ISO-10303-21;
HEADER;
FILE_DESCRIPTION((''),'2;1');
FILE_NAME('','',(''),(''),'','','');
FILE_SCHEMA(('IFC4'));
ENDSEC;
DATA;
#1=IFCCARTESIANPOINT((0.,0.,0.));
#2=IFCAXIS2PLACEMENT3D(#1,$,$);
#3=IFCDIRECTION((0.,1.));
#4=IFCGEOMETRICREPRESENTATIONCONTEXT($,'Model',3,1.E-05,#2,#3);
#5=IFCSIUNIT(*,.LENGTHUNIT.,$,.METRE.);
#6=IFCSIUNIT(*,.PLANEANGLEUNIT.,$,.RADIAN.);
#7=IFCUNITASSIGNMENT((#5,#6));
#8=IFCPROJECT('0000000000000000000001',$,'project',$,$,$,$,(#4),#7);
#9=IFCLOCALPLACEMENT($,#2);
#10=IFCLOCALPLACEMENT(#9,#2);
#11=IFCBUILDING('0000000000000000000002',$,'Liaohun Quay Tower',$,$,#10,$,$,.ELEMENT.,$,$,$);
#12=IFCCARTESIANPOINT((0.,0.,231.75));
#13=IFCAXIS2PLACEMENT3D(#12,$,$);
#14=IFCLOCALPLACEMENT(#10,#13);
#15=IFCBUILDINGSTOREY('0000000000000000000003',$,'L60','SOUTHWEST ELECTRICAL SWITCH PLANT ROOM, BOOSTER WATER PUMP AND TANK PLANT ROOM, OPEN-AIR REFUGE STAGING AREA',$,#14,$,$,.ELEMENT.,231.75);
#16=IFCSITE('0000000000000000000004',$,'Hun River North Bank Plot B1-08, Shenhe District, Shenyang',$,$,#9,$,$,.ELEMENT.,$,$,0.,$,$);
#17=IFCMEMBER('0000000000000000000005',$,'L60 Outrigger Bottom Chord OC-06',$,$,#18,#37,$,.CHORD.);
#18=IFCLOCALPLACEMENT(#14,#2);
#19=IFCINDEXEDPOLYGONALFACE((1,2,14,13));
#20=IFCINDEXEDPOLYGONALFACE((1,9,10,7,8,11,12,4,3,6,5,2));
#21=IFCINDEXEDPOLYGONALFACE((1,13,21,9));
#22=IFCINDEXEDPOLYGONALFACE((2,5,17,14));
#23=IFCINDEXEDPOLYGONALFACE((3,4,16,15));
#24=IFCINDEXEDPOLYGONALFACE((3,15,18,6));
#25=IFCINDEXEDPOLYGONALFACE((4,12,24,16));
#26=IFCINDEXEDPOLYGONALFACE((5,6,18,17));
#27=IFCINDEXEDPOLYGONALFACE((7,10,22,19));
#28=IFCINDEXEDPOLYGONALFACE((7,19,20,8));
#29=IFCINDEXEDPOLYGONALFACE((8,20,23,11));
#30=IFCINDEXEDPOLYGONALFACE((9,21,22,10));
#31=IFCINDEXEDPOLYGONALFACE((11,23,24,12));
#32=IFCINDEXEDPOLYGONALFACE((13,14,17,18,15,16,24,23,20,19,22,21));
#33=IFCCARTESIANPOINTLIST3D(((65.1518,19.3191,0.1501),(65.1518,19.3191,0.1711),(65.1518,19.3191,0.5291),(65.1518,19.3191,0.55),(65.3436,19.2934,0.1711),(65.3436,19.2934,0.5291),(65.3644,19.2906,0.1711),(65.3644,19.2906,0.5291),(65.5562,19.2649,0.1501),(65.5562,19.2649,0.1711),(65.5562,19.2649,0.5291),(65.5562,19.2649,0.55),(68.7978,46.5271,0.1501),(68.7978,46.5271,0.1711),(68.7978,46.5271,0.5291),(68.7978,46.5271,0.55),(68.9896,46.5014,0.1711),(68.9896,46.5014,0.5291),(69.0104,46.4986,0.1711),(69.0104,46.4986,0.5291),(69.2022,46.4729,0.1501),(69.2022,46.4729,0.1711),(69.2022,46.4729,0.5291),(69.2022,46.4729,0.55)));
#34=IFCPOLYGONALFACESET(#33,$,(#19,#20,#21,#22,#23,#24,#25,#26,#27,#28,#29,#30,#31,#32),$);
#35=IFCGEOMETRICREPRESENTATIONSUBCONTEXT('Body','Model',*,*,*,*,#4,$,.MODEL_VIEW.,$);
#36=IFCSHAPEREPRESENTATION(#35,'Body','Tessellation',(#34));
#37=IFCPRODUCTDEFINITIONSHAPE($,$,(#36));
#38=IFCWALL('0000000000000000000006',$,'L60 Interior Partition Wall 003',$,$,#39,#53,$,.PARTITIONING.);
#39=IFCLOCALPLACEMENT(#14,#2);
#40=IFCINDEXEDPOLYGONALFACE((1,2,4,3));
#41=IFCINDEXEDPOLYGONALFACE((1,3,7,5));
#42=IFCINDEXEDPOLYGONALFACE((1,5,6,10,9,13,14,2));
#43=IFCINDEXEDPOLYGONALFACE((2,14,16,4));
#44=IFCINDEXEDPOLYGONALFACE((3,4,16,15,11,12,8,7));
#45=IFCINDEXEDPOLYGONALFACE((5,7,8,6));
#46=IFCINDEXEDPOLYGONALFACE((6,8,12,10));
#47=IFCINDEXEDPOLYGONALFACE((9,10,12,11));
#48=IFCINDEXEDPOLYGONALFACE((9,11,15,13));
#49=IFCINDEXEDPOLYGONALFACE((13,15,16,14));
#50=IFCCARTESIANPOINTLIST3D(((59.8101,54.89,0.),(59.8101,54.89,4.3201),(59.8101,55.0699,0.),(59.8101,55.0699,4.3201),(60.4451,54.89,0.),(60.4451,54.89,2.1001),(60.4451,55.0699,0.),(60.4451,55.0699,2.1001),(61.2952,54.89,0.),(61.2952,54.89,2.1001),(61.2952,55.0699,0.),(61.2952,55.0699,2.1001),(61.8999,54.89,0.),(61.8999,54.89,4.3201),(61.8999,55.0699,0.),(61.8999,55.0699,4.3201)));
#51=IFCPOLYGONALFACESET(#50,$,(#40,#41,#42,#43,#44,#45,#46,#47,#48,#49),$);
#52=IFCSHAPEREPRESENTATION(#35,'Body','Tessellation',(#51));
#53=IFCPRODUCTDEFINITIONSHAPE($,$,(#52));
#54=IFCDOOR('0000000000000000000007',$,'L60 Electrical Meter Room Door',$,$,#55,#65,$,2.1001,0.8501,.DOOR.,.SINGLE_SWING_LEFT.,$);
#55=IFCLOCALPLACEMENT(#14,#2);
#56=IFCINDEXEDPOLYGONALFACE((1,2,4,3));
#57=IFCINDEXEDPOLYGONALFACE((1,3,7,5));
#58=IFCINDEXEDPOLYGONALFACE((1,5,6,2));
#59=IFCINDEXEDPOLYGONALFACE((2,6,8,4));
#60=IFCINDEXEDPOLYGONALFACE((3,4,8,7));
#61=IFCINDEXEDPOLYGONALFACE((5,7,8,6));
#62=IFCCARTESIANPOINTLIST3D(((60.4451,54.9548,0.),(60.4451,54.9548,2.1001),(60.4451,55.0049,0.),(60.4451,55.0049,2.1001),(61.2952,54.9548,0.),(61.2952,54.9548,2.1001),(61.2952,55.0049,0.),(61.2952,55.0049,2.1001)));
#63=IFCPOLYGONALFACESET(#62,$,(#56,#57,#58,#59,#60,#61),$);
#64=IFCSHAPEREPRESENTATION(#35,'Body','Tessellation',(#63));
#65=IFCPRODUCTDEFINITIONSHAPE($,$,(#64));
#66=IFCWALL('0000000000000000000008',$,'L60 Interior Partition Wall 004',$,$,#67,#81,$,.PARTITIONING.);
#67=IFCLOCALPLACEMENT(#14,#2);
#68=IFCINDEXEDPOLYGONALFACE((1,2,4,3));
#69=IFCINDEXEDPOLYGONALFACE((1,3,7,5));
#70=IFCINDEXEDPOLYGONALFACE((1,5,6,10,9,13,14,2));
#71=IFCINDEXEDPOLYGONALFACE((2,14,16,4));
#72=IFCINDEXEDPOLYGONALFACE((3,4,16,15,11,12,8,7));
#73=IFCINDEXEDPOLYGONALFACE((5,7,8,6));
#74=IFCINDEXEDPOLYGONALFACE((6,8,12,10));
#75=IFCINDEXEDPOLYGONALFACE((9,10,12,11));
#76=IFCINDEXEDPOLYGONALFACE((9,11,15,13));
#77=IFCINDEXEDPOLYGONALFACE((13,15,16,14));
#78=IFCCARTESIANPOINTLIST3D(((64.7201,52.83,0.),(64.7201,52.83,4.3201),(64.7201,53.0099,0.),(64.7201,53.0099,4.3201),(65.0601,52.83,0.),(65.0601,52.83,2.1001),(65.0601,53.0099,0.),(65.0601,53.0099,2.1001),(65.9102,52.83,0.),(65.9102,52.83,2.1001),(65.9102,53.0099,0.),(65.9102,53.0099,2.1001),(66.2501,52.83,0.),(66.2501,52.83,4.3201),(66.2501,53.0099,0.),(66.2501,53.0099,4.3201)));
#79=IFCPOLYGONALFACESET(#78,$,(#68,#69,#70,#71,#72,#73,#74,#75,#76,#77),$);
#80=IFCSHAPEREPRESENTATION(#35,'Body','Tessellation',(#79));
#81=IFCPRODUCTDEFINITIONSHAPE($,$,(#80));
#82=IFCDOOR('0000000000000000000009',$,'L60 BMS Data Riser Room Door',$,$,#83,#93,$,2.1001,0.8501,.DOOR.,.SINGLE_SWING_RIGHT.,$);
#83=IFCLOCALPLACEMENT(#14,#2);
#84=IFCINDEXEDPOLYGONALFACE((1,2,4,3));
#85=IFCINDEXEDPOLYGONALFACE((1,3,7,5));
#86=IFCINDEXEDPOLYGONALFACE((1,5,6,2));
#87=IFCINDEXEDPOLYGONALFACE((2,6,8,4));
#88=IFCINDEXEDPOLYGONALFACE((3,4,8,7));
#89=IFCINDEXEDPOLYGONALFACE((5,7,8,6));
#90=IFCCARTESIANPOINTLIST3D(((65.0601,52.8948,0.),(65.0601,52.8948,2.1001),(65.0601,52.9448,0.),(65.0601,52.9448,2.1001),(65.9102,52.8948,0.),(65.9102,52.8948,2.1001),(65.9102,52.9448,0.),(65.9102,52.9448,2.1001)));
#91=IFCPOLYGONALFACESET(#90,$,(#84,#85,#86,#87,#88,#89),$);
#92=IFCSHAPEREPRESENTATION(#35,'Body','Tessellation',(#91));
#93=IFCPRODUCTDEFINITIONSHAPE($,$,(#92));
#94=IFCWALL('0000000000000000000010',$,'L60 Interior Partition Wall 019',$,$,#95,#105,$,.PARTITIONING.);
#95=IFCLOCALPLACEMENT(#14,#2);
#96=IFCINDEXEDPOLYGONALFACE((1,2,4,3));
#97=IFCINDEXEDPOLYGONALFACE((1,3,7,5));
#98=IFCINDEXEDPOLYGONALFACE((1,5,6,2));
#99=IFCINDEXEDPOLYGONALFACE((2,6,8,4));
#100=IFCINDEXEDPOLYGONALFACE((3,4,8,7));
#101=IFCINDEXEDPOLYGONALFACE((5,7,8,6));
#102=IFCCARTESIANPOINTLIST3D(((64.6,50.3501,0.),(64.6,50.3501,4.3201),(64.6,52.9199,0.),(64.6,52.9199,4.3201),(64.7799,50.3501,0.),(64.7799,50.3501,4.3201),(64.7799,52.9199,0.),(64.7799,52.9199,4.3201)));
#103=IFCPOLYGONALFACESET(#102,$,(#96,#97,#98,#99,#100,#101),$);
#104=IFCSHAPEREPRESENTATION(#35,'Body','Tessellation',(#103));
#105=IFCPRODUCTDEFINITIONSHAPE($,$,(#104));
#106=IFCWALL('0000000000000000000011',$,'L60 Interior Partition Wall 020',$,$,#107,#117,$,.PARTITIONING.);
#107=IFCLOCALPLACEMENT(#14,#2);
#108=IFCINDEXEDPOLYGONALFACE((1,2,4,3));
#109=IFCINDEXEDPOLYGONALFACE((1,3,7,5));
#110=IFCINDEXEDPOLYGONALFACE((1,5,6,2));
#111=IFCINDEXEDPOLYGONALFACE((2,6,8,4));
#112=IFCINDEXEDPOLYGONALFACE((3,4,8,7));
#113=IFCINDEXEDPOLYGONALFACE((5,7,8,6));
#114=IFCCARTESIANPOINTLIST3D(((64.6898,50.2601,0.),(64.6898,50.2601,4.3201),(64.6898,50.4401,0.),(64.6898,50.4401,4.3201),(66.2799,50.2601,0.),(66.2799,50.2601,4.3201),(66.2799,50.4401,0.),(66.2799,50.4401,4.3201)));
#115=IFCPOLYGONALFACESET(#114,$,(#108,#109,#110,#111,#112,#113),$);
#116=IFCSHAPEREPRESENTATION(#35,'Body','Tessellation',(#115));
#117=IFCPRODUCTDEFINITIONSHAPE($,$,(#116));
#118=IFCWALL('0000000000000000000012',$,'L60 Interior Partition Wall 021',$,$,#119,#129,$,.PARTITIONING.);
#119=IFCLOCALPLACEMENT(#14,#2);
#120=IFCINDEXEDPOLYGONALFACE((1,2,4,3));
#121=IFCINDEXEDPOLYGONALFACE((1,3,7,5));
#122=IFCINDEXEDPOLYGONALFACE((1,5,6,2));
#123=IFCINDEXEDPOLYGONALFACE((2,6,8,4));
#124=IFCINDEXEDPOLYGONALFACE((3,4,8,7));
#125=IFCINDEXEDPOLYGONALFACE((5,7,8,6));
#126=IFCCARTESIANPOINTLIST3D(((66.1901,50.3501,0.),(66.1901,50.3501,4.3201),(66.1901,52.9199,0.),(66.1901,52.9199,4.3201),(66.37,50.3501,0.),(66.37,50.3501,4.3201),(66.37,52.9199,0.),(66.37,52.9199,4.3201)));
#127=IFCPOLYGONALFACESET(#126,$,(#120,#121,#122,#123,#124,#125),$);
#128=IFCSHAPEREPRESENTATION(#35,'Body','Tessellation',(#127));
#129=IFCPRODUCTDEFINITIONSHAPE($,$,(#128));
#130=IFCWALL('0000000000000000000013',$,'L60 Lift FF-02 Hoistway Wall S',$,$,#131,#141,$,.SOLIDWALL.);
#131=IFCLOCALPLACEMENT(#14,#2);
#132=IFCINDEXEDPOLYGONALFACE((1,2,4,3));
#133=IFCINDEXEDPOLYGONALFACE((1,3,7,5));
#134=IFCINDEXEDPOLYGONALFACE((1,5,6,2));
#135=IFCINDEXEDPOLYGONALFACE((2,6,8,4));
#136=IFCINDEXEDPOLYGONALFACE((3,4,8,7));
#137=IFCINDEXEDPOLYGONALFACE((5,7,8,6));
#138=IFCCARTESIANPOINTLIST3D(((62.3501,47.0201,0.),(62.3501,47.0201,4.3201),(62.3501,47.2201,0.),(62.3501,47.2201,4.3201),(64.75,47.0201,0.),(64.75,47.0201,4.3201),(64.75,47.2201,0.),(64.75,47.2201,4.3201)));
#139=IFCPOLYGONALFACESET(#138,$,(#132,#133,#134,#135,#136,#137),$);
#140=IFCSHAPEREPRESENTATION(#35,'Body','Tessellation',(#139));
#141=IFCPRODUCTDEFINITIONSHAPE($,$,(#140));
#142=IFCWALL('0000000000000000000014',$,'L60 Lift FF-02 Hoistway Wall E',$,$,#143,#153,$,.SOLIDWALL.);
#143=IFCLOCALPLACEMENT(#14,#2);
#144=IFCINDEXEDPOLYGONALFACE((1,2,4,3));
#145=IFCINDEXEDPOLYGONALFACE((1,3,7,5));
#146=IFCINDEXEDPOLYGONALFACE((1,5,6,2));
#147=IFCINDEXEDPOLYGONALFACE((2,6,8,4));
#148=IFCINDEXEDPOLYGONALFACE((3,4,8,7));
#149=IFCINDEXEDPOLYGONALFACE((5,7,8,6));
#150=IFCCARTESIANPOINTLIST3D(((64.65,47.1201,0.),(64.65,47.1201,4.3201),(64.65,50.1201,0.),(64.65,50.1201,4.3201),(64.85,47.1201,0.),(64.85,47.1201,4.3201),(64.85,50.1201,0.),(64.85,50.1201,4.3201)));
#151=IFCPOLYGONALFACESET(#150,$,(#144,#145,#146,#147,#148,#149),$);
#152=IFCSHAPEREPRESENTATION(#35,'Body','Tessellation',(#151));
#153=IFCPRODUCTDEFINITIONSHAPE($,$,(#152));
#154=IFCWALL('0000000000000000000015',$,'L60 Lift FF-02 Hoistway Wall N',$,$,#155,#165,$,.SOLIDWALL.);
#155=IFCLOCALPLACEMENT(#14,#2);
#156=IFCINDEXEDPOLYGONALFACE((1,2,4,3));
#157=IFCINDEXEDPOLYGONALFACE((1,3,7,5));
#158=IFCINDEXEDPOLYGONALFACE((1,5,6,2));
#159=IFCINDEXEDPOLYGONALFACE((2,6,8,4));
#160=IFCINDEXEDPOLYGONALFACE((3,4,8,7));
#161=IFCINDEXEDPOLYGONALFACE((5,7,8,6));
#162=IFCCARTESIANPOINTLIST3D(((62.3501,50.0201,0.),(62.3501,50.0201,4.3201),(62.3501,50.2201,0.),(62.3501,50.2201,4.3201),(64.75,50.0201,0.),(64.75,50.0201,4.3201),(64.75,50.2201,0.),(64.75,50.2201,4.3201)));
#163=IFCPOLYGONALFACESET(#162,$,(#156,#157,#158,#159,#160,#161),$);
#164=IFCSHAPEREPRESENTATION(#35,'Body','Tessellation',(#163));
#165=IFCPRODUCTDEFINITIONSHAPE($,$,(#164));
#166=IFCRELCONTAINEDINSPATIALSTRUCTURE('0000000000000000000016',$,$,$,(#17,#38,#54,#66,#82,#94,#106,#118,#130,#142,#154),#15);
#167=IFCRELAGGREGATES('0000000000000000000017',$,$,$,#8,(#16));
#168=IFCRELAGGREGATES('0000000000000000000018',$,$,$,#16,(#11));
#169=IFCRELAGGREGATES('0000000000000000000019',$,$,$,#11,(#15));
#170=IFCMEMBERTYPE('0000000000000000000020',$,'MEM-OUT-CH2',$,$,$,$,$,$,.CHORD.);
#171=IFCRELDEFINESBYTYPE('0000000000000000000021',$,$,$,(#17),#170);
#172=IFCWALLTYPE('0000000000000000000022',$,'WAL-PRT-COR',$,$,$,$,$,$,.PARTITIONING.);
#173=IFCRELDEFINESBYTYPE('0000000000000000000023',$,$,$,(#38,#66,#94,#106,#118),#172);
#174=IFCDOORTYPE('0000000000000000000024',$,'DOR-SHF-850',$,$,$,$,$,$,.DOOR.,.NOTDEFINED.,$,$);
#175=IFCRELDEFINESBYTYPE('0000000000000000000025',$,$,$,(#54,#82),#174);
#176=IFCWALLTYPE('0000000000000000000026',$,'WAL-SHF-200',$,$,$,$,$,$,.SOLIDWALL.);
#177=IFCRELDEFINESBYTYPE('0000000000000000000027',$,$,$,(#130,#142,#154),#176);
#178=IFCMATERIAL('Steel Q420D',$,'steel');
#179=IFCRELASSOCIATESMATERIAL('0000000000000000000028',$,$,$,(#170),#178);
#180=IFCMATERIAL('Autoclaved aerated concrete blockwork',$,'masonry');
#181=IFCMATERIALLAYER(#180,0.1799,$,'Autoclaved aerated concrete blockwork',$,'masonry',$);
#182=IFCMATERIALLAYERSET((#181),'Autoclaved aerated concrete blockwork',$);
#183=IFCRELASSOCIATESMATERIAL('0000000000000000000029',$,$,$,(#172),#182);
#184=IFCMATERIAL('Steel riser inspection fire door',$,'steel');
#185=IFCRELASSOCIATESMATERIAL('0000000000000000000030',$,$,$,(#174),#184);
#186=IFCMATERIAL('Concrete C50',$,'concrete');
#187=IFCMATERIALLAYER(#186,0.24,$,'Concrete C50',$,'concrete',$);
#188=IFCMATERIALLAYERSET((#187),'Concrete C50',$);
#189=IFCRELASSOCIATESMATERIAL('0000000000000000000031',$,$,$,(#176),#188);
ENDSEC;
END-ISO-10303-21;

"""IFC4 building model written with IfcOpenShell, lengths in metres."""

from ifc_helpers import new_model, si_unit, direction, frame, frame_2d, origin, origin_2d, place, context, subcontext, project, spatial, rectangle, i_section, extrude, source, transform, mapped, material, layer, layer_set, material_profile, profile_set, type_object, element, fill, save


model = new_model("IFC4")

# Units and contexts
model_context = context("Model", 3, precision=1e-05, world=origin(), true_north=direction((0.0, 1.0)))
body_context = subcontext(model_context, "Body", "Model", "MODEL_VIEW")
ifc_project = project(units=[si_unit("LENGTHUNIT", "METRE"), si_unit("PLANEANGLEUNIT", "RADIAN")], contexts=[model_context])

# Site, building, storey
site_placement = place(None, origin())
site = spatial("IfcSite", under=ifc_project, at=site_placement, Name="Hun River North Bank Plot B1-08, Shenhe District, Shenyang", CompositionType="ELEMENT", RefElevation=0.0)
building_placement = place(site_placement, origin())
building = spatial("IfcBuilding", under=site, at=building_placement, Name="Liaohun Quay Tower", CompositionType="ELEMENT")
storey_placement = place(building_placement, frame((0.0, 0.0, 231.75)))
storey = spatial("IfcBuildingStorey", under=building, at=storey_placement, Name="L60", Description="SOUTHWEST ELECTRICAL SWITCH PLANT ROOM, BOOSTER WATER PUMP AND TANK PLANT ROOM, OPEN-AIR REFUGE STAGING AREA", CompositionType="ELEMENT", Elevation=231.75)

# Member
ifc_material_1 = material(Name="Steel Q420D", Category="steel")
ifc_material_profile = material_profile(ifc_material_1, i_section(OverallWidth=0.408, OverallDepth=0.3999, WebThickness=0.021, FlangeThickness=0.021, at=origin_2d()), Name="HW400x408x21x21")
ifc_profile_set = profile_set([ifc_material_profile], Name="Steel Q420D")
member_type = type_object("IfcMemberType", Name="MEM-OUT-CH2", PredefinedType="CHORD", material=ifc_profile_set)
shared_shape_1 = source(origin(), body_context, "Body", "SweptSolid", [
    extrude(i_section(OverallWidth=0.408, OverallDepth=0.3999, WebThickness=0.021, FlangeThickness=0.021, at=origin_2d()), origin(), (0.0, 0.0, 1.0), 27.4512),
])
member_placement = place(storey_placement, frame((69.0, 46.5, 0.3501), z_axis=(-0.132817, -0.991141, 0.0), x_axis=(0.991141, -0.132817, 0.0)))
element("IfcMember", 1, at=member_placement, inside=storey, type_object=member_type, Name="L60 Outrigger Bottom Chord OC-06", PredefinedType="CHORD", context=body_context, shape_type="MappedRepresentation", body=[
    mapped(shared_shape_1, transform((0.0, 0.0, 0.0), x_axis=(1.0, 0.0, 0.0), y_axis=(0.0, 1.0, 0.0), z_axis=(0.0, 0.0, 1.0), scale=1.0)),
])

# Walls, openings, doors
ifc_material_2 = material(Name="Autoclaved aerated concrete blockwork", Category="masonry")
ifc_layer_1 = layer(ifc_material_2, 0.1799, Name="Autoclaved aerated concrete blockwork", Category="masonry")
ifc_layer_set_1 = layer_set([ifc_layer_1], Name="Autoclaved aerated concrete blockwork")
wall_type_1 = type_object("IfcWallType", Name="WAL-PRT-COR", PredefinedType="PARTITIONING", material=ifc_layer_set_1)
wall_1_placement = place(storey_placement, frame((59.8101, 54.98, 0.0), z_axis=(0.0, 0.0, 1.0), x_axis=(1.0, 0.0, 0.0)))
wall_1 = element("IfcWall", 2, at=wall_1_placement, inside=storey, type_object=wall_type_1, Name="L60 Interior Partition Wall 003", PredefinedType="PARTITIONING", context=body_context, shape_type="SweptSolid", body=[
    extrude(rectangle(XDim=2.0898, YDim=0.1799, at=frame_2d((1.0449, 0.0))), origin(), (0.0, 0.0, 1.0), 4.3201),
])
shared_shape_2 = source(origin(), body_context, "Body", "SweptSolid", [
    extrude(rectangle(XDim=0.8501, YDim=2.1001, at=frame_2d((0.425, 1.05))), frame((0.0, 0.0999, 0.0), z_axis=(0.0, -1.0, 0.0), x_axis=(1.0, 0.0, 0.0)), (0.0, 0.0, 1.0), 0.2),
])
opening_1_placement = place(wall_1_placement, frame((0.635, 0.0, 0.0)))
opening_1 = element("IfcOpeningElement", 3, at=opening_1_placement, cuts=wall_1, PredefinedType="OPENING", context=body_context, shape_type="MappedRepresentation", body=[
    mapped(shared_shape_2, transform((0.0, 0.0, 0.0), x_axis=(1.0, 0.0, 0.0), y_axis=(0.0, 1.0, 0.0), z_axis=(0.0, 0.0, 1.0), scale=1.0)),
])
ifc_material_3 = material(Name="Steel riser inspection fire door", Category="steel")
door_type_1 = type_object("IfcDoorType", Name="DOR-SHF-850", OperationType="NOTDEFINED", PredefinedType="DOOR", material=ifc_material_3)
shared_shape_3 = source(origin(), body_context, "Body", "SweptSolid", [
    extrude(rectangle(XDim=0.8501, YDim=2.1001, at=frame_2d((0.425, 1.05))), frame((0.0, 0.0249, 0.0), z_axis=(0.0, -1.0, 0.0), x_axis=(1.0, 0.0, 0.0)), (0.0, 0.0, 1.0), 0.05),
])
door_1_placement = place(opening_1_placement, origin())
door_1 = element("IfcDoor", 4, at=door_1_placement, inside=storey, type_object=door_type_1, Name="L60 Electrical Meter Room Door", OperationType="SINGLE_SWING_LEFT", OverallHeight=2.1001, OverallWidth=0.8501, PredefinedType="DOOR", context=body_context, shape_type="MappedRepresentation", body=[
    mapped(shared_shape_3, transform((0.0, 0.0, 0.0), x_axis=(1.0, 0.0, 0.0), y_axis=(0.0, 1.0, 0.0), z_axis=(0.0, 0.0, 1.0), scale=1.0)),
])
fill(opening_1, door_1)
wall_2_placement = place(storey_placement, frame((64.72, 52.9199, 0.0), z_axis=(0.0, 0.0, 1.0), x_axis=(1.0, 0.0, 0.0)))
wall_2 = element("IfcWall", 5, at=wall_2_placement, inside=storey, type_object=wall_type_1, Name="L60 Interior Partition Wall 004", PredefinedType="PARTITIONING", context=body_context, shape_type="SweptSolid", body=[
    extrude(rectangle(XDim=1.53, YDim=0.1799, at=frame_2d((0.7651, 0.0))), origin(), (0.0, 0.0, 1.0), 4.3201),
])
opening_2_placement = place(wall_2_placement, frame((0.3401, 0.0, 0.0)))
opening_2 = element("IfcOpeningElement", 6, at=opening_2_placement, cuts=wall_2, PredefinedType="OPENING", context=body_context, shape_type="MappedRepresentation", body=[
    mapped(shared_shape_2, transform((0.0, 0.0, 0.0), x_axis=(1.0, 0.0, 0.0), y_axis=(0.0, 1.0, 0.0), z_axis=(0.0, 0.0, 1.0), scale=1.0)),
])
door_2_placement = place(opening_2_placement, origin())
door_2 = element("IfcDoor", 7, at=door_2_placement, inside=storey, type_object=door_type_1, Name="L60 BMS Data Riser Room Door", OperationType="SINGLE_SWING_RIGHT", OverallHeight=2.1001, OverallWidth=0.8501, PredefinedType="DOOR", context=body_context, shape_type="MappedRepresentation", body=[
    mapped(shared_shape_3, transform((0.0, 0.0, 0.0), x_axis=(1.0, 0.0, 0.0), y_axis=(0.0, 1.0, 0.0), z_axis=(0.0, 0.0, 1.0), scale=1.0)),
])
fill(opening_2, door_2)

# Walls
wall_3_placement = place(storey_placement, frame((64.6899, 50.3501, 0.0), z_axis=(0.0, 0.0, 1.0), x_axis=(0.0, 1.0, 0.0)))
element("IfcWall", 8, at=wall_3_placement, inside=storey, type_object=wall_type_1, Name="L60 Interior Partition Wall 019", PredefinedType="PARTITIONING", context=body_context, shape_type="SweptSolid", body=[
    extrude(rectangle(XDim=2.5698, YDim=0.1799, at=frame_2d((1.2849, 0.0))), origin(), (0.0, 0.0, 1.0), 4.3201),
])
wall_4_placement = place(storey_placement, frame((64.6899, 50.3501, 0.0), z_axis=(0.0, 0.0, 1.0), x_axis=(1.0, 0.0, 0.0)))
element("IfcWall", 9, at=wall_4_placement, inside=storey, type_object=wall_type_1, Name="L60 Interior Partition Wall 020", PredefinedType="PARTITIONING", context=body_context, shape_type="SweptSolid", body=[
    extrude(rectangle(XDim=1.5901, YDim=0.1799, at=frame_2d((0.7949, 0.0))), origin(), (0.0, 0.0, 1.0), 4.3201),
])
wall_5_placement = place(storey_placement, frame((66.28, 50.3501, 0.0), z_axis=(0.0, 0.0, 1.0), x_axis=(0.0, 1.0, 0.0)))
element("IfcWall", 10, at=wall_5_placement, inside=storey, type_object=wall_type_1, Name="L60 Interior Partition Wall 021", PredefinedType="PARTITIONING", context=body_context, shape_type="SweptSolid", body=[
    extrude(rectangle(XDim=2.5698, YDim=0.1799, at=frame_2d((1.2849, 0.0))), origin(), (0.0, 0.0, 1.0), 4.3201),
])
ifc_material_4 = material(Name="Concrete C50", Category="concrete")
ifc_layer_2 = layer(ifc_material_4, 0.24, Name="Concrete C50", Category="concrete")
ifc_layer_set_2 = layer_set([ifc_layer_2], Name="Concrete C50")
wall_type_2 = type_object("IfcWallType", Name="WAL-SHF-200", PredefinedType="SOLIDWALL", material=ifc_layer_set_2)
wall_6_placement = place(storey_placement, frame((62.3501, 47.1201, 0.0), z_axis=(0.0, 0.0, 1.0), x_axis=(1.0, 0.0, 0.0)))
element("IfcWall", 11, at=wall_6_placement, inside=storey, type_object=wall_type_2, Name="L60 Lift FF-02 Hoistway Wall S", PredefinedType="SOLIDWALL", context=body_context, shape_type="SweptSolid", body=[
    extrude(rectangle(XDim=2.3999, YDim=0.2, at=frame_2d((1.2, 0.0))), origin(), (0.0, 0.0, 1.0), 4.3201),
])
wall_7_placement = place(storey_placement, frame((64.75, 47.1201, 0.0), z_axis=(0.0, 0.0, 1.0), x_axis=(0.0, 1.0, 0.0)))
element("IfcWall", 12, at=wall_7_placement, inside=storey, type_object=wall_type_2, Name="L60 Lift FF-02 Hoistway Wall E", PredefinedType="SOLIDWALL", context=body_context, shape_type="SweptSolid", body=[
    extrude(rectangle(XDim=3.0, YDim=0.2, at=frame_2d((1.5, 0.0))), origin(), (0.0, 0.0, 1.0), 4.3201),
])
wall_8_placement = place(storey_placement, frame((64.75, 50.1201, 0.0), z_axis=(0.0, 0.0, 1.0), x_axis=(-1.0, 0.0, 0.0)))
element("IfcWall", 13, at=wall_8_placement, inside=storey, type_object=wall_type_2, Name="L60 Lift FF-02 Hoistway Wall N", PredefinedType="SOLIDWALL", context=body_context, shape_type="SweptSolid", body=[
    extrude(rectangle(XDim=2.3999, YDim=0.2, at=frame_2d((1.2, 0.0))), origin(), (0.0, 0.0, 1.0), 4.3201),
])

save(model, "model.ifc")
